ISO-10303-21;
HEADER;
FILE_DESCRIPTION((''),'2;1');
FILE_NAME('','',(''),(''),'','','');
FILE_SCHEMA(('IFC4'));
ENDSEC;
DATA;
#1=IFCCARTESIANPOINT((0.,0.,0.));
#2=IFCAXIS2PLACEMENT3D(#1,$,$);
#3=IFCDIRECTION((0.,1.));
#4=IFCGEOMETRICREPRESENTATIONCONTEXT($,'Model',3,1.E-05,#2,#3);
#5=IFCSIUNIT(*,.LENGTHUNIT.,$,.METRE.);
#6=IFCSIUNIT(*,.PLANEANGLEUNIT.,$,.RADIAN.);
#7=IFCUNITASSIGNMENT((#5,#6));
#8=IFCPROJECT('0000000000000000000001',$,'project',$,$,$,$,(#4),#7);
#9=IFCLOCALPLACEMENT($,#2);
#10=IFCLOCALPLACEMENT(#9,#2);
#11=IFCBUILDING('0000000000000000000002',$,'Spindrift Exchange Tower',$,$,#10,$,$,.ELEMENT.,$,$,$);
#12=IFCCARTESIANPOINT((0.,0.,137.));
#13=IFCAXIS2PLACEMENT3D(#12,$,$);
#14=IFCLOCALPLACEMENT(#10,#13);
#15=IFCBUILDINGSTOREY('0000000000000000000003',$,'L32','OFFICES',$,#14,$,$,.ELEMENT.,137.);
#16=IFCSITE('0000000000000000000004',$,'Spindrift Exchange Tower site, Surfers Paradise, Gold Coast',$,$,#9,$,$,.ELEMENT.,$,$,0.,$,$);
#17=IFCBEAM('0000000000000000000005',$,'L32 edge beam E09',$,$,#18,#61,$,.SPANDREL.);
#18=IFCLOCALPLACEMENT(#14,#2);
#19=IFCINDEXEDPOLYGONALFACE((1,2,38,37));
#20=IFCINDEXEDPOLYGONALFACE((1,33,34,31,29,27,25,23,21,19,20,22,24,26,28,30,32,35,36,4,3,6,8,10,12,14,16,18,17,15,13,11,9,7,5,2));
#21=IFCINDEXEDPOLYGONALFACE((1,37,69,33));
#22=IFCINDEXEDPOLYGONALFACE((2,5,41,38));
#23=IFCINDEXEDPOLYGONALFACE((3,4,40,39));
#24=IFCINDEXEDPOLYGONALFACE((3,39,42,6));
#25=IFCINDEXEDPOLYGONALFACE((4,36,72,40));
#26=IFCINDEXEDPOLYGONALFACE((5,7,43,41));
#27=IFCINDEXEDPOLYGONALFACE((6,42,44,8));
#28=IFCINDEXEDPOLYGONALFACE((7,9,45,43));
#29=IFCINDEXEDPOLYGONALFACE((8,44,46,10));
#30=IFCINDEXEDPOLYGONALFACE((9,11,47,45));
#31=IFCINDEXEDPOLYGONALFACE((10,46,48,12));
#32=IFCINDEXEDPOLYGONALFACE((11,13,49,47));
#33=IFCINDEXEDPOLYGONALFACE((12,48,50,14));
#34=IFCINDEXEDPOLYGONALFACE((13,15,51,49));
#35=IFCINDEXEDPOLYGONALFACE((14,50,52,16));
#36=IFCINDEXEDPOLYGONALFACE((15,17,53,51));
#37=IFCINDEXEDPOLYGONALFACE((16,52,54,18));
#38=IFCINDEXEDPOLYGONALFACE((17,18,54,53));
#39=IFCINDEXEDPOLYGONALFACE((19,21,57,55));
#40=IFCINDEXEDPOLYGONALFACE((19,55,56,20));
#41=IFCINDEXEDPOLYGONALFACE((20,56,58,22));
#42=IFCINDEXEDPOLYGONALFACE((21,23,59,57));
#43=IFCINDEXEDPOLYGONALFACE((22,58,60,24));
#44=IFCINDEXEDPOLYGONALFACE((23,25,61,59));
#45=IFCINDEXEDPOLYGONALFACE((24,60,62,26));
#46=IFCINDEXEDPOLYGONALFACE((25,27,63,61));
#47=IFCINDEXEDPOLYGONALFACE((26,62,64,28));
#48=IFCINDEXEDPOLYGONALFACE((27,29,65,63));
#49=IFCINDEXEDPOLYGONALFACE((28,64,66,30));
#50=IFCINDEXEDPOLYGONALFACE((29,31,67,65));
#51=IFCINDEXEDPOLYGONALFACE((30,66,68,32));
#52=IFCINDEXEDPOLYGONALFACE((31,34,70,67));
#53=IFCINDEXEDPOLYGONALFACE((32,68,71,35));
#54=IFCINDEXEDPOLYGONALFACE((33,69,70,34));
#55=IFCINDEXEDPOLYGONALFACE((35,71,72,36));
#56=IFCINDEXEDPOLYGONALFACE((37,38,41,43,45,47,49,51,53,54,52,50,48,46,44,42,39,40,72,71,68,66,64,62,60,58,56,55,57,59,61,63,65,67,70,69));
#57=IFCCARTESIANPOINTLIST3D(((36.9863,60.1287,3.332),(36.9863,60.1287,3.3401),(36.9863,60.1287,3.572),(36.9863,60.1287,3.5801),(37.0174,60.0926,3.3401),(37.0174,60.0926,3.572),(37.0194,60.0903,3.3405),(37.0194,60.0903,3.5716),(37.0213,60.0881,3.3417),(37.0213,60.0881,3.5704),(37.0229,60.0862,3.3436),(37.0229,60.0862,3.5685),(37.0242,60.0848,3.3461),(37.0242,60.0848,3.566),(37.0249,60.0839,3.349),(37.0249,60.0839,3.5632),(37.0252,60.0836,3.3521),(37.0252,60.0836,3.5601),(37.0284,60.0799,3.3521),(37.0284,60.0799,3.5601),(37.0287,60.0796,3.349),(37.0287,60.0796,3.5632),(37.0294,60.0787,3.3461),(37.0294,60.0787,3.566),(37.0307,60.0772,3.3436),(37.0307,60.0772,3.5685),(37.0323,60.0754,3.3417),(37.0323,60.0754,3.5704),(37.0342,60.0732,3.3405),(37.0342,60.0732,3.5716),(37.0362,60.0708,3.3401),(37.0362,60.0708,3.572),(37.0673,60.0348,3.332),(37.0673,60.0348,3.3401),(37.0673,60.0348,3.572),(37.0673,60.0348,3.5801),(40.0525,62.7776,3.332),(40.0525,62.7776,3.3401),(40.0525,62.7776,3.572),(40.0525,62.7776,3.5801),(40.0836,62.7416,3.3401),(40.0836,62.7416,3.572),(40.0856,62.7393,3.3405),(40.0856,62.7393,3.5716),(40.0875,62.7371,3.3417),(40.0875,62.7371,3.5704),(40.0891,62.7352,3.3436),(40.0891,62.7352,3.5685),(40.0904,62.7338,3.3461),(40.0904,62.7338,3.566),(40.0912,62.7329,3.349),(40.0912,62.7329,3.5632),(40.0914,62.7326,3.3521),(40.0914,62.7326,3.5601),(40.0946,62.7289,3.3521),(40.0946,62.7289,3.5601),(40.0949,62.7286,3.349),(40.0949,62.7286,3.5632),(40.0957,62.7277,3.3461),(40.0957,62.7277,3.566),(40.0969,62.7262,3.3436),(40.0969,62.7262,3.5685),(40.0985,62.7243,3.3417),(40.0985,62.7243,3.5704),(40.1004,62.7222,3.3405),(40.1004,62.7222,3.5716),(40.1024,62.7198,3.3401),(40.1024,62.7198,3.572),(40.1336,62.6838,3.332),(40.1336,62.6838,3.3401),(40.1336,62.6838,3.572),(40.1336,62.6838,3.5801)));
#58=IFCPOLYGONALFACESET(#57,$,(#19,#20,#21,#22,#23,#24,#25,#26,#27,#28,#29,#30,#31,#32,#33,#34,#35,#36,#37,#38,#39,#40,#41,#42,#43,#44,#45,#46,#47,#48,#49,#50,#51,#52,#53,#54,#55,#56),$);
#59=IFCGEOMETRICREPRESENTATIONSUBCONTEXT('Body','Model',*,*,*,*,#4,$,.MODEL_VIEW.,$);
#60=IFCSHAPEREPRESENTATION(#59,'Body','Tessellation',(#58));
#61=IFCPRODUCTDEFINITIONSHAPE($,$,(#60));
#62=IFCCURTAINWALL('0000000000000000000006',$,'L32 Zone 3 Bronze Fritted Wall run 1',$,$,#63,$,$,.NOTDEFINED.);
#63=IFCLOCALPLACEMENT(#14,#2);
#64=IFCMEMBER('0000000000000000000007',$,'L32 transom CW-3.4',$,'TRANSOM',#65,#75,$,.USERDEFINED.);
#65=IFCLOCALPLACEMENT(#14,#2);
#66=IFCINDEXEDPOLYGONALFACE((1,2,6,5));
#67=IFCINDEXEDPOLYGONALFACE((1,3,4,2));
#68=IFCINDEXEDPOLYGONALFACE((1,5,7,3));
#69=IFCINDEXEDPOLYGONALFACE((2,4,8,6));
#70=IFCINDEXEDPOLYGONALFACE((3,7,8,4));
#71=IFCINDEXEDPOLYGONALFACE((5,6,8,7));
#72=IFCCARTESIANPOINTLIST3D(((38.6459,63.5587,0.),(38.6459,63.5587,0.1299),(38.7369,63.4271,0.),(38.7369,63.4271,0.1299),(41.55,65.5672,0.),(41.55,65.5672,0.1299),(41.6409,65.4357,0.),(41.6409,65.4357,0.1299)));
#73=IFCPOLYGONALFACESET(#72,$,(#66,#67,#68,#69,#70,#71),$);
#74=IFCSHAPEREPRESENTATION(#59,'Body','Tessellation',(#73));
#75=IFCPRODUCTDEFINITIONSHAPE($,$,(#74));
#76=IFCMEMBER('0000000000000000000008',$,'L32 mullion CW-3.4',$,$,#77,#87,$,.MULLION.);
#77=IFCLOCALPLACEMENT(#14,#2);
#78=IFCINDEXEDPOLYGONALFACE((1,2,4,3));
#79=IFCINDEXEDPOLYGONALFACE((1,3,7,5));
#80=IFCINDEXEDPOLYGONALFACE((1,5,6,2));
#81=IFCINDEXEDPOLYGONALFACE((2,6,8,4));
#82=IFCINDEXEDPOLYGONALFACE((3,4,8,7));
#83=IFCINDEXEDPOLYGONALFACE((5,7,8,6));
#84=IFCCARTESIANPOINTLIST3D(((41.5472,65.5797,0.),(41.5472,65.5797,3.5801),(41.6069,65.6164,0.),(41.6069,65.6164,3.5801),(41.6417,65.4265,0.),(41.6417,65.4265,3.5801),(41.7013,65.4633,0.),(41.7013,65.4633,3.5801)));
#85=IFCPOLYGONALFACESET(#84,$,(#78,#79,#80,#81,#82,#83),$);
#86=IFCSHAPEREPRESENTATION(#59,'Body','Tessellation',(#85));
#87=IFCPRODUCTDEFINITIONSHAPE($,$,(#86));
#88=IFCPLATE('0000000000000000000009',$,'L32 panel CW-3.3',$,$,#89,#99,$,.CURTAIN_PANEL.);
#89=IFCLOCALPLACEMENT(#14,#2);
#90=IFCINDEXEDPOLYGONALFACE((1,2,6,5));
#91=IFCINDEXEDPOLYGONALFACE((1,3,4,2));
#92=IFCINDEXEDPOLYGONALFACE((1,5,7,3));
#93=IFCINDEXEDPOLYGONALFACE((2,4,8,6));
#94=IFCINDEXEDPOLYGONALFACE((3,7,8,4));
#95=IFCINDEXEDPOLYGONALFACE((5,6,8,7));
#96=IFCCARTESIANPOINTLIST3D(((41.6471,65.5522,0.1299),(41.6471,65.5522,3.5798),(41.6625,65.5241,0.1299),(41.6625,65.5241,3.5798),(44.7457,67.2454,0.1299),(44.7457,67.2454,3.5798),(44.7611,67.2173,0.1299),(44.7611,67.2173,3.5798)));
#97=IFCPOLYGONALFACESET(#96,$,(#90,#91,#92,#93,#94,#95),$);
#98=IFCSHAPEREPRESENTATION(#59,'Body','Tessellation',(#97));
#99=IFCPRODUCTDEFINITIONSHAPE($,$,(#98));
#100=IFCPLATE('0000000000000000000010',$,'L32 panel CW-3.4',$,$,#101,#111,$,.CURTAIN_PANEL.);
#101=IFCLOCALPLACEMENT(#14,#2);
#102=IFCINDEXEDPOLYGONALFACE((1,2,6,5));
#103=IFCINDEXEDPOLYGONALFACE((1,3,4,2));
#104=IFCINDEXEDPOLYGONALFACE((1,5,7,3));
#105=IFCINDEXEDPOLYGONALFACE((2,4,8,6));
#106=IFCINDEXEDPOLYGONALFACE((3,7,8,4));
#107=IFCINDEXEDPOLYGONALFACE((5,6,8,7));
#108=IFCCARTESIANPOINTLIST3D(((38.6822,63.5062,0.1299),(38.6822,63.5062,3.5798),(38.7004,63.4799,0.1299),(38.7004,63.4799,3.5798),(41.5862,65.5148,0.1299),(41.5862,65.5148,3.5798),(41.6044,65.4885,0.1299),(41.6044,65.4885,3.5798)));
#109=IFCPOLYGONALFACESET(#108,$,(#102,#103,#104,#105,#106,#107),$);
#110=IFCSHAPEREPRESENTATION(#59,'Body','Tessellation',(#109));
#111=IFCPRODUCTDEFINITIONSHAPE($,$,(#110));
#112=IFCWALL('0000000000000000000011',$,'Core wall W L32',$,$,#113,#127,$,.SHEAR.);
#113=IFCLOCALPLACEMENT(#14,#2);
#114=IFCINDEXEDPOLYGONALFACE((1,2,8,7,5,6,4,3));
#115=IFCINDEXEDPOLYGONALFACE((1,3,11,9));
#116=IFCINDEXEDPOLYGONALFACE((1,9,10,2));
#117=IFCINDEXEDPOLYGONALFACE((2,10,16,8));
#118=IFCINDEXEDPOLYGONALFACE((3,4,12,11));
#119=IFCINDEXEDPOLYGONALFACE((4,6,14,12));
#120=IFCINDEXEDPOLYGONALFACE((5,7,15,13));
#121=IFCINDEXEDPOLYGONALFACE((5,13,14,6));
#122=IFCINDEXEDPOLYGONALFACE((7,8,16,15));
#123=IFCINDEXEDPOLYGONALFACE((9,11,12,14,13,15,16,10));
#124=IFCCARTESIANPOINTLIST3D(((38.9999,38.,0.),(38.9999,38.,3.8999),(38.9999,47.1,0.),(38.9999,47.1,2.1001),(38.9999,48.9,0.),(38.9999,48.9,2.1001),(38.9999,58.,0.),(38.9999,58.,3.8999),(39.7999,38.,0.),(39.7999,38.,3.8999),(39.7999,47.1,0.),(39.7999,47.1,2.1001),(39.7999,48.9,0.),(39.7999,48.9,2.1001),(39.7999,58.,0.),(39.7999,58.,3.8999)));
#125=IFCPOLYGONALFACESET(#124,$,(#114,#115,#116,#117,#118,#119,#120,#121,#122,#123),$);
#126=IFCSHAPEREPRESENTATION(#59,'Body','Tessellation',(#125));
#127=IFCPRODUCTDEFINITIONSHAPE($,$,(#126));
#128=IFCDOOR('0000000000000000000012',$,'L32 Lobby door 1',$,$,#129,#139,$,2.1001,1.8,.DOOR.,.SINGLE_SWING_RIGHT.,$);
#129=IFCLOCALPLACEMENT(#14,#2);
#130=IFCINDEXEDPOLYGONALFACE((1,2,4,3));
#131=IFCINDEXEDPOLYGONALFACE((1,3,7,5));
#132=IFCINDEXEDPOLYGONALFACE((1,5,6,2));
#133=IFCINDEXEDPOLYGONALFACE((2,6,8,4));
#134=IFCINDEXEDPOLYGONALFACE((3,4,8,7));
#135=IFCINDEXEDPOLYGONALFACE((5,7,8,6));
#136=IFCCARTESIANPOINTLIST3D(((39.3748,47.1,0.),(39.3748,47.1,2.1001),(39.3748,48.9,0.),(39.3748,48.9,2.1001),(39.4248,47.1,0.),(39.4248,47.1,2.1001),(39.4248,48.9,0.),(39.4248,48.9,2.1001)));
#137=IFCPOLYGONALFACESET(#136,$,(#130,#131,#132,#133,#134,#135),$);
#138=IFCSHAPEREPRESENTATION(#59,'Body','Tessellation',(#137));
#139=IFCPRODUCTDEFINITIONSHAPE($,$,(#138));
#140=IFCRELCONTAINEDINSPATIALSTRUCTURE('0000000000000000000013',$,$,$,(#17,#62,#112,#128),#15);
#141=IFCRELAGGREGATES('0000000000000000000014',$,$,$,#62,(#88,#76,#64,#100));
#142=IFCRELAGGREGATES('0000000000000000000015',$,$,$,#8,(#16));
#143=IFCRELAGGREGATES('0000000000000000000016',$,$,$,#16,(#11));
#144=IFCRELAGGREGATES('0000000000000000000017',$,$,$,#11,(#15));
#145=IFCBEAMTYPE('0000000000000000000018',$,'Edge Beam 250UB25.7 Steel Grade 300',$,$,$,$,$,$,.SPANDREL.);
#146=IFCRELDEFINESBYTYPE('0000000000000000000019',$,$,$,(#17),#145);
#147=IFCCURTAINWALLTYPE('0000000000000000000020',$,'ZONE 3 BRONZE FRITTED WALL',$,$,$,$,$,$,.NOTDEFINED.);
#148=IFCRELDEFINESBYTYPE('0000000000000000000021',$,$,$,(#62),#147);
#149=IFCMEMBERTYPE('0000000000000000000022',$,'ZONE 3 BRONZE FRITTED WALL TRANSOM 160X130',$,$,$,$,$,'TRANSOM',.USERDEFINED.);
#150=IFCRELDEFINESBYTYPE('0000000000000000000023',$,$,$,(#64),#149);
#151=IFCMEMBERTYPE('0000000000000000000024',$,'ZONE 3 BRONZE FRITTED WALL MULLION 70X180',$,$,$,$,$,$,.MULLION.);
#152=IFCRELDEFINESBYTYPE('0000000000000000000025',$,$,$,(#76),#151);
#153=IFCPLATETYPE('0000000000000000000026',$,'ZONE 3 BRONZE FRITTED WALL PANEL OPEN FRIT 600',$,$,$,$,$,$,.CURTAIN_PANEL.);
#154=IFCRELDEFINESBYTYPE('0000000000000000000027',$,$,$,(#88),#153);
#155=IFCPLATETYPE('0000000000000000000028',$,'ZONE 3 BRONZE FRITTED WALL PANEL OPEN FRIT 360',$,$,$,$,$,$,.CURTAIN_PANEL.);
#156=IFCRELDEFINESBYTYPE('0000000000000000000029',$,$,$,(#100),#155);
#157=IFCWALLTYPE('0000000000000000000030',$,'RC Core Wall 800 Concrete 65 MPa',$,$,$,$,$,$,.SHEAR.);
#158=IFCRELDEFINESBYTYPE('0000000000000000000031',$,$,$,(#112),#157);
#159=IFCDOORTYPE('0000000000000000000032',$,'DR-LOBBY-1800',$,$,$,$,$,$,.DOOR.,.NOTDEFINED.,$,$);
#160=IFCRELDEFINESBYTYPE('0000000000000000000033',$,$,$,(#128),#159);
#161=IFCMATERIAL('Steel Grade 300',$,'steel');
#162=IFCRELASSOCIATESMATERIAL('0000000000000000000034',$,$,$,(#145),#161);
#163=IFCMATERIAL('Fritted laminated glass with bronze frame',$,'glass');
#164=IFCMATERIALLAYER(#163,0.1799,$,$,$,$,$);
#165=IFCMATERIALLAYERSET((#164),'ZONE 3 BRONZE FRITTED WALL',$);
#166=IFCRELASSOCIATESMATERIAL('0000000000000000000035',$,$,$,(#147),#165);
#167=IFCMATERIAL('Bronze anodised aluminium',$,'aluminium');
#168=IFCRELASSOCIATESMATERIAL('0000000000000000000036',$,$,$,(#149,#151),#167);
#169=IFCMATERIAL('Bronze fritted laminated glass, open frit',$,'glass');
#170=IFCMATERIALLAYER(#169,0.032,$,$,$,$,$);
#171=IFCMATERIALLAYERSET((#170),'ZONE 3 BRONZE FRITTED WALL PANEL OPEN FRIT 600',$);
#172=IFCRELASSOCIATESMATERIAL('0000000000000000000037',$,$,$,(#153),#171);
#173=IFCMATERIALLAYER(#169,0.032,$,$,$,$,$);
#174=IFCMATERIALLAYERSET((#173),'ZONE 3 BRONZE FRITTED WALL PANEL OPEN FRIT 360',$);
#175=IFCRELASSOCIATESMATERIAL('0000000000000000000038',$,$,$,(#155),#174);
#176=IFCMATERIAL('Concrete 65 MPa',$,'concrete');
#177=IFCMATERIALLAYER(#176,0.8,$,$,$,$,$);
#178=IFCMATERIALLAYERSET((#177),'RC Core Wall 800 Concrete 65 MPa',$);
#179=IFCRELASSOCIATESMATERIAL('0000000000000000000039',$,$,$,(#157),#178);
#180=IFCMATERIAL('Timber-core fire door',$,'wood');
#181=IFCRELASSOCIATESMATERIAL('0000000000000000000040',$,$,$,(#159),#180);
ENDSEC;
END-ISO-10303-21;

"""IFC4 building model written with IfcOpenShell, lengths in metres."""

from ifc_helpers import new_model, si_unit, direction, frame, frame_2d, origin, origin_2d, place, context, subcontext, project, spatial, rectangle, i_section, extrude, source, transform, mapped, material, layer, layer_set, material_profile, profile_set, type_object, element, fill, aggregate, save


model = new_model("IFC4")

# Units and contexts
model_context = context("Model", 3, precision=1e-05, world=origin(), true_north=direction((0.0, 1.0)))
body_context = subcontext(model_context, "Body", "Model", "MODEL_VIEW")
ifc_project = project(units=[si_unit("LENGTHUNIT", "METRE"), si_unit("PLANEANGLEUNIT", "RADIAN")], contexts=[model_context])

# Site, building, storey
site_placement = place(None, origin())
site = spatial("IfcSite", under=ifc_project, at=site_placement, Name="Spindrift Exchange Tower site, Surfers Paradise, Gold Coast", CompositionType="ELEMENT", RefElevation=0.0)
building_placement = place(site_placement, origin())
building = spatial("IfcBuilding", under=site, at=building_placement, Name="Spindrift Exchange Tower", CompositionType="ELEMENT")
storey_placement = place(building_placement, frame((0.0, 0.0, 137.0)))
storey = spatial("IfcBuildingStorey", under=building, at=storey_placement, Name="L32", Description="OFFICES", CompositionType="ELEMENT", Elevation=137.0)

# Beam
ifc_material_1 = material(Name="Steel Grade 300", Category="steel")
ifc_material_profile_1 = material_profile(ifc_material_1, i_section(OverallWidth=0.124, OverallDepth=0.248, WebThickness=0.0049, FlangeThickness=0.0081, FilletRadius=0.012, at=origin_2d()), Name="250UB25.7")
ifc_profile_set_1 = profile_set([ifc_material_profile_1], Name="Steel Grade 300")
beam_type_1 = type_object("IfcBeamType", Name="Edge Beam 250UB25.7 Steel Grade 300", PredefinedType="SPANDREL", material=ifc_profile_set_1)
shared_shape_1 = source(origin(), body_context, "Body", "SweptSolid", [
    extrude(i_section(OverallWidth=0.124, OverallDepth=0.248, WebThickness=0.0049, FlangeThickness=0.0081, FilletRadius=0.012, at=origin_2d()), origin(), (0.0, 0.0, 1.0), 4.052),
])
beam_1_placement = place(storey_placement, frame((40.093, 62.7307, 3.4561), z_axis=(-0.756716, -0.653744, 0.0), x_axis=(0.653744, -0.756716, 0.0)))
element("IfcBeam", 1, at=beam_1_placement, inside=storey, type_object=beam_type_1, Name="L32 edge beam E09", PredefinedType="SPANDREL", context=body_context, shape_type="MappedRepresentation", body=[
    mapped(shared_shape_1, transform((0.0, 0.0, 0.0), scale=1.0)),
])

# Curtain wall, members, plates
ifc_material_2 = material(Name="Fritted laminated glass with bronze frame", Category="glass")
ifc_layer_1 = layer(ifc_material_2, 0.1799)
ifc_layer_set_1 = layer_set([ifc_layer_1], Name="ZONE 3 BRONZE FRITTED WALL")
curtain_wall_type = type_object("IfcCurtainWallType", Name="ZONE 3 BRONZE FRITTED WALL", PredefinedType="NOTDEFINED", material=ifc_layer_set_1)
curtain_wall_placement = place(storey_placement, origin())
curtain_wall = element("IfcCurtainWall", 2, at=curtain_wall_placement, inside=storey, type_object=curtain_wall_type, Name="L32 Zone 3 Bronze Fritted Wall run 1", PredefinedType="NOTDEFINED")
ifc_material_3 = material(Name="Bronze anodised aluminium", Category="aluminium")
ifc_material_profile_2 = material_profile(ifc_material_3, rectangle(XDim=0.1599, YDim=0.1299, at=origin_2d()), Name="ZONE 3 BRONZE FRITTED WALL TRANSOM 160X130")
ifc_profile_set_2 = profile_set([ifc_material_profile_2], Name="Bronze anodised aluminium")
member_type_1 = type_object("IfcMemberType", Name="ZONE 3 BRONZE FRITTED WALL TRANSOM 160X130", ElementType="TRANSOM", PredefinedType="USERDEFINED", material=ifc_profile_set_2)
shared_shape_2 = source(origin(), body_context, "Body", "SweptSolid", [
    extrude(rectangle(XDim=0.1599, YDim=0.1299, at=origin_2d()), origin(), (0.0, 0.0, 1.0), 3.531),
])
member_1_placement = place(storey_placement, frame((41.5955, 65.5015, 0.0649), z_axis=(-0.822451, -0.568836, 0.0), x_axis=(0.568836, -0.822451, 0.0)))
member_1 = element("IfcMember", 3, at=member_1_placement, type_object=member_type_1, Name="L32 transom CW-3.4", ObjectType="TRANSOM", PredefinedType="USERDEFINED", context=body_context, shape_type="MappedRepresentation", body=[
    mapped(shared_shape_2, transform((0.0, 0.0, 0.0), scale=1.0)),
])
ifc_material_profile_3 = material_profile(ifc_material_3, rectangle(XDim=0.0701, YDim=0.1799, at=origin_2d()), Name="ZONE 3 BRONZE FRITTED WALL MULLION 70X180")
ifc_profile_set_3 = profile_set([ifc_material_profile_3], Name="Bronze anodised aluminium")
member_type_2 = type_object("IfcMemberType", Name="ZONE 3 BRONZE FRITTED WALL MULLION 70X180", PredefinedType="MULLION", material=ifc_profile_set_3)
shared_shape_3 = source(origin(), body_context, "Body", "SweptSolid", [
    extrude(rectangle(XDim=0.0701, YDim=0.1799, at=origin_2d()), origin(), (0.0, 0.0, 1.0), 3.5801),
])
member_2_placement = place(storey_placement, frame((41.6243, 65.5215, 0.0), z_axis=(0.0, 0.0, 1.0), x_axis=(-0.85116, -0.524906, 0.0)))
member_2 = element("IfcMember", 4, at=member_2_placement, type_object=member_type_2, Name="L32 mullion CW-3.4", PredefinedType="MULLION", context=body_context, shape_type="MappedRepresentation", body=[
    mapped(shared_shape_3, transform((0.0, 0.0, 0.0), scale=1.0)),
])
ifc_material_4 = material(Name="Bronze fritted laminated glass, open frit", Category="glass")
ifc_layer_2 = layer(ifc_material_4, 0.032)
ifc_layer_set_2 = layer_set([ifc_layer_2], Name="ZONE 3 BRONZE FRITTED WALL PANEL OPEN FRIT 600")
plate_type_1 = type_object("IfcPlateType", Name="ZONE 3 BRONZE FRITTED WALL PANEL OPEN FRIT 600", PredefinedType="CURTAIN_PANEL", material=ifc_layer_set_2)
shared_shape_4 = source(origin(), body_context, "Body", "SweptSolid", [
    extrude(rectangle(XDim=3.531, YDim=0.032, at=origin_2d()), origin(), (0.0, 0.0, 1.0), 3.45),
])
plate_1_placement = place(storey_placement, frame((43.2041, 66.3848, 0.1299), z_axis=(0.0, 0.0, 1.0), x_axis=(-0.877531, -0.479519, 0.0)))
plate_1 = element("IfcPlate", 5, at=plate_1_placement, type_object=plate_type_1, Name="L32 panel CW-3.3", PredefinedType="CURTAIN_PANEL", context=body_context, shape_type="MappedRepresentation", body=[
    mapped(shared_shape_4, transform((0.0, 0.0, 0.0), scale=1.0)),
])
ifc_layer_3 = layer(ifc_material_4, 0.032)
ifc_layer_set_3 = layer_set([ifc_layer_3], Name="ZONE 3 BRONZE FRITTED WALL PANEL OPEN FRIT 360")
plate_type_2 = type_object("IfcPlateType", Name="ZONE 3 BRONZE FRITTED WALL PANEL OPEN FRIT 360", PredefinedType="CURTAIN_PANEL", material=ifc_layer_set_3)
shared_shape_5 = source(origin(), body_context, "Body", "SweptSolid", [
    extrude(rectangle(XDim=3.531, YDim=0.032, at=origin_2d()), origin(), (0.0, 0.0, 1.0), 3.45),
])
plate_2_placement = place(storey_placement, frame((40.1433, 64.4973, 0.1299), z_axis=(0.0, 0.0, 1.0), x_axis=(-0.822444, -0.568846, 0.0)))
plate_2 = element("IfcPlate", 6, at=plate_2_placement, type_object=plate_type_2, Name="L32 panel CW-3.4", PredefinedType="CURTAIN_PANEL", context=body_context, shape_type="MappedRepresentation", body=[
    mapped(shared_shape_5, transform((0.0, 0.0, 0.0), scale=1.0)),
])
aggregate(curtain_wall, [plate_1, member_2, member_1, plate_2])

# Wall, opening, door
ifc_material_5 = material(Name="Concrete 65 MPa", Category="concrete")
ifc_layer_4 = layer(ifc_material_5, 0.8)
ifc_layer_set_4 = layer_set([ifc_layer_4], Name="RC Core Wall 800 Concrete 65 MPa")
wall_type_1 = type_object("IfcWallType", Name="RC Core Wall 800 Concrete 65 MPa", PredefinedType="SHEAR", material=ifc_layer_set_4)
wall_1_placement = place(storey_placement, frame((39.3999, 58.0, 0.0), z_axis=(0.0, 0.0, 1.0), x_axis=(0.0, -1.0, 0.0)))
wall_1 = element("IfcWall", 7, at=wall_1_placement, inside=storey, type_object=wall_type_1, Name="Core wall W L32", PredefinedType="SHEAR", context=body_context, shape_type="SweptSolid", body=[
    extrude(rectangle(XDim=20.0, YDim=0.8, at=frame_2d((10.0, 0.0))), origin(), (0.0, 0.0, 1.0), 3.8999),
])
opening_1_placement = place(wall_1_placement, frame((9.1001, 0.0, 0.0)))
opening_1 = element("IfcOpeningElement", 8, at=opening_1_placement, cuts=wall_1, PredefinedType="OPENING", context=body_context, shape_type="SweptSolid", body=[
    extrude(rectangle(XDim=1.8, YDim=2.1001, at=frame_2d((0.8999, 1.05))), frame((0.0, 0.4099, 0.0), z_axis=(0.0, -1.0, 0.0), x_axis=(1.0, 0.0, 0.0)), (0.0, 0.0, 1.0), 0.8201),
])
ifc_material_6 = material(Name="Timber-core fire door", Category="wood")
door_type_1 = type_object("IfcDoorType", Name="DR-LOBBY-1800", OperationType="NOTDEFINED", PredefinedType="DOOR", material=ifc_material_6)
shared_shape_6 = source(origin(), body_context, "Body", "SweptSolid", [
    extrude(rectangle(XDim=1.8, YDim=2.1001, at=frame_2d((0.8999, 1.05))), frame((0.0, 0.0249, 0.0), z_axis=(0.0, -1.0, 0.0), x_axis=(1.0, 0.0, 0.0)), (0.0, 0.0, 1.0), 0.05),
])
door_1_placement = place(opening_1_placement, origin())
door_1 = element("IfcDoor", 9, at=door_1_placement, inside=storey, type_object=door_type_1, Name="L32 Lobby door 1", OperationType="SINGLE_SWING_RIGHT", OverallHeight=2.1001, OverallWidth=1.8, PredefinedType="DOOR", context=body_context, shape_type="MappedRepresentation", body=[
    mapped(shared_shape_6, transform((0.0, 0.0, 0.0), scale=1.0)),
])
fill(opening_1, door_1)

save(model, "model.ifc")
